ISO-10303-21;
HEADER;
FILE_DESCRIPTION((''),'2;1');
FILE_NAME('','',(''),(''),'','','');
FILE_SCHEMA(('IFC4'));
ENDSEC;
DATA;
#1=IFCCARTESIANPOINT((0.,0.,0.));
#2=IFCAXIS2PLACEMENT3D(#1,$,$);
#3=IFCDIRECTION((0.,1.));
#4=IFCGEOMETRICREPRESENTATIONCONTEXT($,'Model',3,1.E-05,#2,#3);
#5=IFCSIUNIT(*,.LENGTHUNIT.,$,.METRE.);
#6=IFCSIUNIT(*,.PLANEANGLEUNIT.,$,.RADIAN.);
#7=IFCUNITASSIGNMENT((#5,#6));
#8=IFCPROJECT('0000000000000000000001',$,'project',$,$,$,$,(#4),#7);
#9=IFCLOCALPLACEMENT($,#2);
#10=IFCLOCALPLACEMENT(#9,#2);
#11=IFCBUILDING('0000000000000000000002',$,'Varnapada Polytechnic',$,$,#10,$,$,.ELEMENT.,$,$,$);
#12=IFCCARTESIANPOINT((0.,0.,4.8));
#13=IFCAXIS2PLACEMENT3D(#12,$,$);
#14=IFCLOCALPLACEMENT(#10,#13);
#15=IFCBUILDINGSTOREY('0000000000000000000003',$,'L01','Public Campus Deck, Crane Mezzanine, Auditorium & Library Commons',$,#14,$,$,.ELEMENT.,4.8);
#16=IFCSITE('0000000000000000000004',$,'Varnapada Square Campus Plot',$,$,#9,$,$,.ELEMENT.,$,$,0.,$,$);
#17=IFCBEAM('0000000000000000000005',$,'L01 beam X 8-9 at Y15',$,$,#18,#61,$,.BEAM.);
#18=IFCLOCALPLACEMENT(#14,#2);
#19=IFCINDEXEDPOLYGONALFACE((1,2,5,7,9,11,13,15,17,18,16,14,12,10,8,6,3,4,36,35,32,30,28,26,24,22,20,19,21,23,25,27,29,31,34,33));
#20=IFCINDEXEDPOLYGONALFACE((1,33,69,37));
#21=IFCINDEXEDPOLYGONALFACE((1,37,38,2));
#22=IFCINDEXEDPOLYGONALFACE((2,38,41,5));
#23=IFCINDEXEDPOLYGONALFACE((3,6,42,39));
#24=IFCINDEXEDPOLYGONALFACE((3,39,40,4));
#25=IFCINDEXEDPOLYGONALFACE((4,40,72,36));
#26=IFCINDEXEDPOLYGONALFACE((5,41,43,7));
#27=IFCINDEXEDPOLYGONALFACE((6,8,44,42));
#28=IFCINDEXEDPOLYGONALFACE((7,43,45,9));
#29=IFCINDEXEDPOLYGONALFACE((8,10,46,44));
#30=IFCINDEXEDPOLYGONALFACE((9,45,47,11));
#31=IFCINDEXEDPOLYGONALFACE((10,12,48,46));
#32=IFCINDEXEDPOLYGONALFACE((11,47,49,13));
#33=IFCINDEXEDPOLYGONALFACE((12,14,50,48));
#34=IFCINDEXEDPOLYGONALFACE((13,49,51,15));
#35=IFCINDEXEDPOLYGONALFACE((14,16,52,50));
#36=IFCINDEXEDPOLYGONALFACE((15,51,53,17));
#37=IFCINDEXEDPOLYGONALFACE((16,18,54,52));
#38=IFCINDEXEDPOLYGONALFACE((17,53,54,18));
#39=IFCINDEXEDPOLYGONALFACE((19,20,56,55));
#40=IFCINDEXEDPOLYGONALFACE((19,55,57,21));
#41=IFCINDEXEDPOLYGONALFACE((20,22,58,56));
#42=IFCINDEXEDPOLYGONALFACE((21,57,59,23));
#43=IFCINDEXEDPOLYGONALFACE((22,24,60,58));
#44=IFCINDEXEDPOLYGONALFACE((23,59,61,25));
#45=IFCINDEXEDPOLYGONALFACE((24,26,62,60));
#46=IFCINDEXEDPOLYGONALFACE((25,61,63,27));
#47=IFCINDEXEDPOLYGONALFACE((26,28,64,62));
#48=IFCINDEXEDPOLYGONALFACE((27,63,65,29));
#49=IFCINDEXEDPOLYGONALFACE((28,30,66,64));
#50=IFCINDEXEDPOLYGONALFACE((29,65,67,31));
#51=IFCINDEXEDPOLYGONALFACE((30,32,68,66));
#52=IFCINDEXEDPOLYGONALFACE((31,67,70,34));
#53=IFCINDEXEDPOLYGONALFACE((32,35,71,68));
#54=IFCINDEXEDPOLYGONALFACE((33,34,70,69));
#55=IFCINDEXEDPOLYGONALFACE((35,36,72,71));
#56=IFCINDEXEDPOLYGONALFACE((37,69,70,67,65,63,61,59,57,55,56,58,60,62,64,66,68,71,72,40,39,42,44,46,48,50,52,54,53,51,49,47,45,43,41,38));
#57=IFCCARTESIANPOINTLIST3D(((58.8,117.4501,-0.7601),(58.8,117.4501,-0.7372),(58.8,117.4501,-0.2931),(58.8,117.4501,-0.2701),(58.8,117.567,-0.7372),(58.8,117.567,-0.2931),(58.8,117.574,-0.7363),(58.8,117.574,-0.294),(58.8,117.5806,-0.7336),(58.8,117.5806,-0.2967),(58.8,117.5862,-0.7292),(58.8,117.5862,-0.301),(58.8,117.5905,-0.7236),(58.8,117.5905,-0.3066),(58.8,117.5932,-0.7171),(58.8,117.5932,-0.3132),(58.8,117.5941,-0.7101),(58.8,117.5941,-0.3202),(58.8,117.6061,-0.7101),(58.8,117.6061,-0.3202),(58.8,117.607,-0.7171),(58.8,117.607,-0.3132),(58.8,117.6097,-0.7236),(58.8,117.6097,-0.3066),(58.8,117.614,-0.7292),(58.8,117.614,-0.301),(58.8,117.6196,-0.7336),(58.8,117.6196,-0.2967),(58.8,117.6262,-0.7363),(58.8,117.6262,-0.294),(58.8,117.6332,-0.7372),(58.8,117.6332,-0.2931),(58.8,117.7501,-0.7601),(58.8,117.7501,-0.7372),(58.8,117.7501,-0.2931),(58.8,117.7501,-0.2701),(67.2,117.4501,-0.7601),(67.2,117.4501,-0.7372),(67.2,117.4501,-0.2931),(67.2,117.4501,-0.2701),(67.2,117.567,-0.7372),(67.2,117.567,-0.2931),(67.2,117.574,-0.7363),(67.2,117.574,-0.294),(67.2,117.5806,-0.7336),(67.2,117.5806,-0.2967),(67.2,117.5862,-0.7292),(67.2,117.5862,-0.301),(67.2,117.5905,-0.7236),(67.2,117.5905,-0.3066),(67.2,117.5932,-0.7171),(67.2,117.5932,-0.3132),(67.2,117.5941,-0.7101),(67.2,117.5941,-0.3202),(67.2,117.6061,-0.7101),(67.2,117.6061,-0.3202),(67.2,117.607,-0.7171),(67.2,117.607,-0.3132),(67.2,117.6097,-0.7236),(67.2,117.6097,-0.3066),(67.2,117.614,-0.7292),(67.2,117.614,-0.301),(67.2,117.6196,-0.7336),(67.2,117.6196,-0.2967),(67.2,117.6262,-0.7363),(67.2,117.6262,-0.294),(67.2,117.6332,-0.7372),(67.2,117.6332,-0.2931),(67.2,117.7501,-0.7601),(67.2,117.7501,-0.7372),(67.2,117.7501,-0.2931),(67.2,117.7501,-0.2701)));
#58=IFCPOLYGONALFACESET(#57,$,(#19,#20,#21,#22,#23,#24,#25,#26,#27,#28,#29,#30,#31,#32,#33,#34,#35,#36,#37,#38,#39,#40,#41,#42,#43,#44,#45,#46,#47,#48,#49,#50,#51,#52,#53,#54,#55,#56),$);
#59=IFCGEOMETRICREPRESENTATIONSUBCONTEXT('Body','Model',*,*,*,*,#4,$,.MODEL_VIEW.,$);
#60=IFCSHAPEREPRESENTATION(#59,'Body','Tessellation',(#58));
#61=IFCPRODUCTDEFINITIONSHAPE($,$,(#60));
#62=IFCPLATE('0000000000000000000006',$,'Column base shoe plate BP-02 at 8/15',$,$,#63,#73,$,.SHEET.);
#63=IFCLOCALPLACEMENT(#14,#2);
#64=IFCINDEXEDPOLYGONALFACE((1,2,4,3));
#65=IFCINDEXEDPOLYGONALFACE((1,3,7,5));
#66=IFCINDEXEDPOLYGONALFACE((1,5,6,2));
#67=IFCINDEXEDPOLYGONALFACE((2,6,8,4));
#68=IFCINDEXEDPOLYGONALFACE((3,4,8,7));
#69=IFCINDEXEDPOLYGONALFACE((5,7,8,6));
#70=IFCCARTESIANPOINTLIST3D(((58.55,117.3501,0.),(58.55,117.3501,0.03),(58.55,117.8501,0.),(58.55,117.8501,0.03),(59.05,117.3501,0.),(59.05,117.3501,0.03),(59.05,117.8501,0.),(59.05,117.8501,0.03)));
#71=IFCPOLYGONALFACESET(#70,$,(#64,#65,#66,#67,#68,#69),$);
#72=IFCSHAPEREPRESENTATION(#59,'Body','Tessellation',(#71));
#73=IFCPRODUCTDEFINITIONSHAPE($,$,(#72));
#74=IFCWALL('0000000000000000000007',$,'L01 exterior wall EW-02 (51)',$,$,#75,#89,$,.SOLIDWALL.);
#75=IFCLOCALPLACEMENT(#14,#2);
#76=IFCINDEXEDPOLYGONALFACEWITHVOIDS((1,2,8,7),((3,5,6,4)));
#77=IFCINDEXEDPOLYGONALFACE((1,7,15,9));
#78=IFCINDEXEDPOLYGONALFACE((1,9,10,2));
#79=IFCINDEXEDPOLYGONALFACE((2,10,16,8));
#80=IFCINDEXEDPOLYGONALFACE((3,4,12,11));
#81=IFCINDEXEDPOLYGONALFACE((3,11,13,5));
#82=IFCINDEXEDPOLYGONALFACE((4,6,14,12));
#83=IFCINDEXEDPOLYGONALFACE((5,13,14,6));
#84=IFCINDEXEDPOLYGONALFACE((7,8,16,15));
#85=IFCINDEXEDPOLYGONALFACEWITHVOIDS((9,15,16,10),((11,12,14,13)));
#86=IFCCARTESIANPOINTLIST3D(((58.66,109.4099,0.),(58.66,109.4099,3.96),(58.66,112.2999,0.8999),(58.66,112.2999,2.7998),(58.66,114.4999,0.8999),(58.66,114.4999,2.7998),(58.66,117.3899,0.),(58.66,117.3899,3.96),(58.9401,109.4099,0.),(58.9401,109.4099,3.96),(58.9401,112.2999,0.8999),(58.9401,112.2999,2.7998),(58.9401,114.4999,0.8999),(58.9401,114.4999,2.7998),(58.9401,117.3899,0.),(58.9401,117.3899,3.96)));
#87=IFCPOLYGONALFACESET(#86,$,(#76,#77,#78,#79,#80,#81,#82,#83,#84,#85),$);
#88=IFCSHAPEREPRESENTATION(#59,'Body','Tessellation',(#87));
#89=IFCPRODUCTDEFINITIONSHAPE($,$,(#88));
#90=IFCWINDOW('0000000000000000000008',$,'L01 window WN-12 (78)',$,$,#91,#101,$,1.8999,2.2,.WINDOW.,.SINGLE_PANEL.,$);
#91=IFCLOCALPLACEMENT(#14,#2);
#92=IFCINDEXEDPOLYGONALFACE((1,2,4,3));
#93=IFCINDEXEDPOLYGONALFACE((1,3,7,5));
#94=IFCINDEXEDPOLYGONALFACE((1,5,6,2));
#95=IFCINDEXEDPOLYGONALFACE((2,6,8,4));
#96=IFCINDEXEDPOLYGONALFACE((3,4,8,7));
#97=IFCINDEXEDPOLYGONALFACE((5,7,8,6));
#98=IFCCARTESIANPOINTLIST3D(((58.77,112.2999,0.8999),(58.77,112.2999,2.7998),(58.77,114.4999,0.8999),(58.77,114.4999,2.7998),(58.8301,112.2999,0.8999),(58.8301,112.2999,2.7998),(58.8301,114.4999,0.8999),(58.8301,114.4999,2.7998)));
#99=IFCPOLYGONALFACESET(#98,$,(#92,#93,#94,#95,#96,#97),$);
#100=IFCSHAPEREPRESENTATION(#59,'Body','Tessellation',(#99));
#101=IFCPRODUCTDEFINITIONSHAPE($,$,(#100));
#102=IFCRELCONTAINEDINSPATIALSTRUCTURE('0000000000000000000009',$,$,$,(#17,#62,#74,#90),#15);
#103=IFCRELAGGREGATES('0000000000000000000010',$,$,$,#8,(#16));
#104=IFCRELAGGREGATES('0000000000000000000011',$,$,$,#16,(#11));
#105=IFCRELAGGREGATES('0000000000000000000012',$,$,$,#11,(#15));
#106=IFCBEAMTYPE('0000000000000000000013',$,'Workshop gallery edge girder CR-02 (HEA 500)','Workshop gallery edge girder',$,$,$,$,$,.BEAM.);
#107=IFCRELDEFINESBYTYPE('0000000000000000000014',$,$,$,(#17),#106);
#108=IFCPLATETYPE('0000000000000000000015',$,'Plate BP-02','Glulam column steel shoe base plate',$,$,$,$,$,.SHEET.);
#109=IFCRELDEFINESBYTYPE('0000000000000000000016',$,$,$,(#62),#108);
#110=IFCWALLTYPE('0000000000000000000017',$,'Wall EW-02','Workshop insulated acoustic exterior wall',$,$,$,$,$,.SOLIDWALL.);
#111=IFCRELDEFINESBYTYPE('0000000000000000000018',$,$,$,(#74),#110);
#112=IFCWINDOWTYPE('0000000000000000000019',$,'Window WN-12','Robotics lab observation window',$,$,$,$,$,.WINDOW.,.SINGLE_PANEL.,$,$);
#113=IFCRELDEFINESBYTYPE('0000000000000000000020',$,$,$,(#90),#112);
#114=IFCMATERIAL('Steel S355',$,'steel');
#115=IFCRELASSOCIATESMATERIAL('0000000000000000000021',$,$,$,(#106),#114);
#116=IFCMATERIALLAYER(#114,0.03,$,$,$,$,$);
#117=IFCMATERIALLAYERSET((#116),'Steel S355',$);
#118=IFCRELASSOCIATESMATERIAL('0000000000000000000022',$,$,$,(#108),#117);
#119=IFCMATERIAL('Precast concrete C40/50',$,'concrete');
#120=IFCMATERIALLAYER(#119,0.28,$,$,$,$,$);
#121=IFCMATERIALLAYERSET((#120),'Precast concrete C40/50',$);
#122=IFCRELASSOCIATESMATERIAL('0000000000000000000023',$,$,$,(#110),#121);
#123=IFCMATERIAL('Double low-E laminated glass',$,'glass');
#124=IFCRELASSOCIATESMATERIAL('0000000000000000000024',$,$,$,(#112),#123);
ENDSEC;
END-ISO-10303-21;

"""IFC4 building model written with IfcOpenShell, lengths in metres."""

from ifc_helpers import new_model, si_unit, direction, frame, frame_2d, origin, origin_2d, place, context, subcontext, project, spatial, rectangle, i_section, extrude, material, layer, layer_set, material_profile, profile_set, type_object, element, fill, save


model = new_model("IFC4")

# Units and contexts
model_context = context("Model", 3, precision=1e-05, world=origin(), true_north=direction((0.0, 1.0)))
body_context = subcontext(model_context, "Body", "Model", "MODEL_VIEW")
ifc_project = project(units=[si_unit("LENGTHUNIT", "METRE"), si_unit("PLANEANGLEUNIT", "RADIAN")], contexts=[model_context])

# Site, building, storey
site_placement = place(None, origin())
site = spatial("IfcSite", under=ifc_project, at=site_placement, Name="Varnapada Square Campus Plot", CompositionType="ELEMENT", RefElevation=0.0)
building_placement = place(site_placement, origin())
building = spatial("IfcBuilding", under=site, at=building_placement, Name="Varnapada Polytechnic", CompositionType="ELEMENT")
storey_placement = place(building_placement, frame((0.0, 0.0, 4.8)))
storey = spatial("IfcBuildingStorey", under=building, at=storey_placement, Name="L01", Description="Public Campus Deck, Crane Mezzanine, Auditorium & Library Commons", CompositionType="ELEMENT", Elevation=4.8)

# Shared definitions
ifc_material_1 = material(Name="Double low-E laminated glass", Category="glass")

# Shared definitions
ifc_material_2 = material(Name="Steel S355", Category="steel")

# Beam
ifc_material_profile_1 = material_profile(ifc_material_2, i_section(OverallWidth=0.3, OverallDepth=0.49, WebThickness=0.012, FlangeThickness=0.0229, FilletRadius=0.0271, at=origin_2d()), Name="HEA 500")
ifc_profile_set_1 = profile_set([ifc_material_profile_1], Name="Steel S355")
beam_type_1 = type_object("IfcBeamType", Name="Workshop gallery edge girder CR-02 (HEA 500)", Description="Workshop gallery edge girder", PredefinedType="BEAM", material=ifc_profile_set_1)
beam_1_placement = place(storey_placement, frame((58.8, 117.6001, -0.5151), z_axis=(1.0, 0.0, 0.0), x_axis=(0.0, 1.0, 0.0)))
element("IfcBeam", 1, at=beam_1_placement, inside=storey, type_object=beam_type_1, Name="L01 beam X 8-9 at Y15", PredefinedType="BEAM", context=body_context, shape_type="SweptSolid", body=[
    extrude(i_section(OverallWidth=0.3, OverallDepth=0.49, WebThickness=0.012, FlangeThickness=0.0229, FilletRadius=0.0271, at=origin_2d()), origin(), (0.0, 0.0, 1.0), 8.3999),
])

# Plate
ifc_layer_1 = layer(ifc_material_2, 0.03)
ifc_layer_set_1 = layer_set([ifc_layer_1], Name="Steel S355")
plate_type = type_object("IfcPlateType", Name="Plate BP-02", Description="Glulam column steel shoe base plate", PredefinedType="SHEET", material=ifc_layer_set_1)
plate_placement = place(storey_placement, frame((58.8, 117.6001, 0.0), z_axis=(0.0, 0.0, 1.0), x_axis=(1.0, 0.0, 0.0)))
element("IfcPlate", 2, at=plate_placement, inside=storey, type_object=plate_type, Name="Column base shoe plate BP-02 at 8/15", PredefinedType="SHEET", context=body_context, shape_type="SweptSolid", body=[
    extrude(rectangle(XDim=0.5, YDim=0.5, at=origin_2d()), origin(), (0.0, 0.0, 1.0), 0.03),
])

# Wall, opening, window
ifc_material_3 = material(Name="Precast concrete C40/50", Category="concrete")
ifc_layer_2 = layer(ifc_material_3, 0.28)
ifc_layer_set_2 = layer_set([ifc_layer_2], Name="Precast concrete C40/50")
wall_type = type_object("IfcWallType", Name="Wall EW-02", Description="Workshop insulated acoustic exterior wall", PredefinedType="SOLIDWALL", material=ifc_layer_set_2)
wall_placement = place(storey_placement, frame((58.8, 117.3899, 0.0), z_axis=(0.0, 0.0, 1.0), x_axis=(0.0, -1.0, 0.0)))
wall = element("IfcWall", 3, at=wall_placement, inside=storey, type_object=wall_type, Name="L01 exterior wall EW-02 (51)", PredefinedType="SOLIDWALL", context=body_context, shape_type="SweptSolid", body=[
    extrude(rectangle(XDim=7.98, YDim=0.28, at=frame_2d((3.99, 0.0))), origin(), (0.0, 0.0, 1.0), 3.96),
])
opening_1_placement = place(wall_placement, frame((2.8899, 0.0, 0.8999)))
opening_1 = element("IfcOpeningElement", 4, at=opening_1_placement, cuts=wall, PredefinedType="OPENING", context=body_context, shape_type="SweptSolid", body=[
    extrude(rectangle(XDim=2.2, YDim=1.8999, at=frame_2d((1.1001, 0.95))), frame((0.0, 0.1499, 0.0), z_axis=(0.0, -1.0, 0.0), x_axis=(1.0, 0.0, 0.0)), (0.0, 0.0, 1.0), 0.3),
])
window_type = type_object("IfcWindowType", Name="Window WN-12", Description="Robotics lab observation window", PartitioningType="SINGLE_PANEL", PredefinedType="WINDOW", material=ifc_material_1)
window_placement = place(opening_1_placement, origin())
window = element("IfcWindow", 5, at=window_placement, inside=storey, type_object=window_type, Name="L01 window WN-12 (78)", OverallHeight=1.8999, OverallWidth=2.2, PartitioningType="SINGLE_PANEL", PredefinedType="WINDOW", context=body_context, shape_type="SweptSolid", body=[
    extrude(rectangle(XDim=2.2, YDim=1.8999, at=frame_2d((1.1001, 0.95))), frame((0.0, 0.03, 0.0), z_axis=(0.0, -1.0, 0.0), x_axis=(1.0, 0.0, 0.0)), (0.0, 0.0, 1.0), 0.0601),
])
fill(opening_1, window)

save(model, "model.ifc")
